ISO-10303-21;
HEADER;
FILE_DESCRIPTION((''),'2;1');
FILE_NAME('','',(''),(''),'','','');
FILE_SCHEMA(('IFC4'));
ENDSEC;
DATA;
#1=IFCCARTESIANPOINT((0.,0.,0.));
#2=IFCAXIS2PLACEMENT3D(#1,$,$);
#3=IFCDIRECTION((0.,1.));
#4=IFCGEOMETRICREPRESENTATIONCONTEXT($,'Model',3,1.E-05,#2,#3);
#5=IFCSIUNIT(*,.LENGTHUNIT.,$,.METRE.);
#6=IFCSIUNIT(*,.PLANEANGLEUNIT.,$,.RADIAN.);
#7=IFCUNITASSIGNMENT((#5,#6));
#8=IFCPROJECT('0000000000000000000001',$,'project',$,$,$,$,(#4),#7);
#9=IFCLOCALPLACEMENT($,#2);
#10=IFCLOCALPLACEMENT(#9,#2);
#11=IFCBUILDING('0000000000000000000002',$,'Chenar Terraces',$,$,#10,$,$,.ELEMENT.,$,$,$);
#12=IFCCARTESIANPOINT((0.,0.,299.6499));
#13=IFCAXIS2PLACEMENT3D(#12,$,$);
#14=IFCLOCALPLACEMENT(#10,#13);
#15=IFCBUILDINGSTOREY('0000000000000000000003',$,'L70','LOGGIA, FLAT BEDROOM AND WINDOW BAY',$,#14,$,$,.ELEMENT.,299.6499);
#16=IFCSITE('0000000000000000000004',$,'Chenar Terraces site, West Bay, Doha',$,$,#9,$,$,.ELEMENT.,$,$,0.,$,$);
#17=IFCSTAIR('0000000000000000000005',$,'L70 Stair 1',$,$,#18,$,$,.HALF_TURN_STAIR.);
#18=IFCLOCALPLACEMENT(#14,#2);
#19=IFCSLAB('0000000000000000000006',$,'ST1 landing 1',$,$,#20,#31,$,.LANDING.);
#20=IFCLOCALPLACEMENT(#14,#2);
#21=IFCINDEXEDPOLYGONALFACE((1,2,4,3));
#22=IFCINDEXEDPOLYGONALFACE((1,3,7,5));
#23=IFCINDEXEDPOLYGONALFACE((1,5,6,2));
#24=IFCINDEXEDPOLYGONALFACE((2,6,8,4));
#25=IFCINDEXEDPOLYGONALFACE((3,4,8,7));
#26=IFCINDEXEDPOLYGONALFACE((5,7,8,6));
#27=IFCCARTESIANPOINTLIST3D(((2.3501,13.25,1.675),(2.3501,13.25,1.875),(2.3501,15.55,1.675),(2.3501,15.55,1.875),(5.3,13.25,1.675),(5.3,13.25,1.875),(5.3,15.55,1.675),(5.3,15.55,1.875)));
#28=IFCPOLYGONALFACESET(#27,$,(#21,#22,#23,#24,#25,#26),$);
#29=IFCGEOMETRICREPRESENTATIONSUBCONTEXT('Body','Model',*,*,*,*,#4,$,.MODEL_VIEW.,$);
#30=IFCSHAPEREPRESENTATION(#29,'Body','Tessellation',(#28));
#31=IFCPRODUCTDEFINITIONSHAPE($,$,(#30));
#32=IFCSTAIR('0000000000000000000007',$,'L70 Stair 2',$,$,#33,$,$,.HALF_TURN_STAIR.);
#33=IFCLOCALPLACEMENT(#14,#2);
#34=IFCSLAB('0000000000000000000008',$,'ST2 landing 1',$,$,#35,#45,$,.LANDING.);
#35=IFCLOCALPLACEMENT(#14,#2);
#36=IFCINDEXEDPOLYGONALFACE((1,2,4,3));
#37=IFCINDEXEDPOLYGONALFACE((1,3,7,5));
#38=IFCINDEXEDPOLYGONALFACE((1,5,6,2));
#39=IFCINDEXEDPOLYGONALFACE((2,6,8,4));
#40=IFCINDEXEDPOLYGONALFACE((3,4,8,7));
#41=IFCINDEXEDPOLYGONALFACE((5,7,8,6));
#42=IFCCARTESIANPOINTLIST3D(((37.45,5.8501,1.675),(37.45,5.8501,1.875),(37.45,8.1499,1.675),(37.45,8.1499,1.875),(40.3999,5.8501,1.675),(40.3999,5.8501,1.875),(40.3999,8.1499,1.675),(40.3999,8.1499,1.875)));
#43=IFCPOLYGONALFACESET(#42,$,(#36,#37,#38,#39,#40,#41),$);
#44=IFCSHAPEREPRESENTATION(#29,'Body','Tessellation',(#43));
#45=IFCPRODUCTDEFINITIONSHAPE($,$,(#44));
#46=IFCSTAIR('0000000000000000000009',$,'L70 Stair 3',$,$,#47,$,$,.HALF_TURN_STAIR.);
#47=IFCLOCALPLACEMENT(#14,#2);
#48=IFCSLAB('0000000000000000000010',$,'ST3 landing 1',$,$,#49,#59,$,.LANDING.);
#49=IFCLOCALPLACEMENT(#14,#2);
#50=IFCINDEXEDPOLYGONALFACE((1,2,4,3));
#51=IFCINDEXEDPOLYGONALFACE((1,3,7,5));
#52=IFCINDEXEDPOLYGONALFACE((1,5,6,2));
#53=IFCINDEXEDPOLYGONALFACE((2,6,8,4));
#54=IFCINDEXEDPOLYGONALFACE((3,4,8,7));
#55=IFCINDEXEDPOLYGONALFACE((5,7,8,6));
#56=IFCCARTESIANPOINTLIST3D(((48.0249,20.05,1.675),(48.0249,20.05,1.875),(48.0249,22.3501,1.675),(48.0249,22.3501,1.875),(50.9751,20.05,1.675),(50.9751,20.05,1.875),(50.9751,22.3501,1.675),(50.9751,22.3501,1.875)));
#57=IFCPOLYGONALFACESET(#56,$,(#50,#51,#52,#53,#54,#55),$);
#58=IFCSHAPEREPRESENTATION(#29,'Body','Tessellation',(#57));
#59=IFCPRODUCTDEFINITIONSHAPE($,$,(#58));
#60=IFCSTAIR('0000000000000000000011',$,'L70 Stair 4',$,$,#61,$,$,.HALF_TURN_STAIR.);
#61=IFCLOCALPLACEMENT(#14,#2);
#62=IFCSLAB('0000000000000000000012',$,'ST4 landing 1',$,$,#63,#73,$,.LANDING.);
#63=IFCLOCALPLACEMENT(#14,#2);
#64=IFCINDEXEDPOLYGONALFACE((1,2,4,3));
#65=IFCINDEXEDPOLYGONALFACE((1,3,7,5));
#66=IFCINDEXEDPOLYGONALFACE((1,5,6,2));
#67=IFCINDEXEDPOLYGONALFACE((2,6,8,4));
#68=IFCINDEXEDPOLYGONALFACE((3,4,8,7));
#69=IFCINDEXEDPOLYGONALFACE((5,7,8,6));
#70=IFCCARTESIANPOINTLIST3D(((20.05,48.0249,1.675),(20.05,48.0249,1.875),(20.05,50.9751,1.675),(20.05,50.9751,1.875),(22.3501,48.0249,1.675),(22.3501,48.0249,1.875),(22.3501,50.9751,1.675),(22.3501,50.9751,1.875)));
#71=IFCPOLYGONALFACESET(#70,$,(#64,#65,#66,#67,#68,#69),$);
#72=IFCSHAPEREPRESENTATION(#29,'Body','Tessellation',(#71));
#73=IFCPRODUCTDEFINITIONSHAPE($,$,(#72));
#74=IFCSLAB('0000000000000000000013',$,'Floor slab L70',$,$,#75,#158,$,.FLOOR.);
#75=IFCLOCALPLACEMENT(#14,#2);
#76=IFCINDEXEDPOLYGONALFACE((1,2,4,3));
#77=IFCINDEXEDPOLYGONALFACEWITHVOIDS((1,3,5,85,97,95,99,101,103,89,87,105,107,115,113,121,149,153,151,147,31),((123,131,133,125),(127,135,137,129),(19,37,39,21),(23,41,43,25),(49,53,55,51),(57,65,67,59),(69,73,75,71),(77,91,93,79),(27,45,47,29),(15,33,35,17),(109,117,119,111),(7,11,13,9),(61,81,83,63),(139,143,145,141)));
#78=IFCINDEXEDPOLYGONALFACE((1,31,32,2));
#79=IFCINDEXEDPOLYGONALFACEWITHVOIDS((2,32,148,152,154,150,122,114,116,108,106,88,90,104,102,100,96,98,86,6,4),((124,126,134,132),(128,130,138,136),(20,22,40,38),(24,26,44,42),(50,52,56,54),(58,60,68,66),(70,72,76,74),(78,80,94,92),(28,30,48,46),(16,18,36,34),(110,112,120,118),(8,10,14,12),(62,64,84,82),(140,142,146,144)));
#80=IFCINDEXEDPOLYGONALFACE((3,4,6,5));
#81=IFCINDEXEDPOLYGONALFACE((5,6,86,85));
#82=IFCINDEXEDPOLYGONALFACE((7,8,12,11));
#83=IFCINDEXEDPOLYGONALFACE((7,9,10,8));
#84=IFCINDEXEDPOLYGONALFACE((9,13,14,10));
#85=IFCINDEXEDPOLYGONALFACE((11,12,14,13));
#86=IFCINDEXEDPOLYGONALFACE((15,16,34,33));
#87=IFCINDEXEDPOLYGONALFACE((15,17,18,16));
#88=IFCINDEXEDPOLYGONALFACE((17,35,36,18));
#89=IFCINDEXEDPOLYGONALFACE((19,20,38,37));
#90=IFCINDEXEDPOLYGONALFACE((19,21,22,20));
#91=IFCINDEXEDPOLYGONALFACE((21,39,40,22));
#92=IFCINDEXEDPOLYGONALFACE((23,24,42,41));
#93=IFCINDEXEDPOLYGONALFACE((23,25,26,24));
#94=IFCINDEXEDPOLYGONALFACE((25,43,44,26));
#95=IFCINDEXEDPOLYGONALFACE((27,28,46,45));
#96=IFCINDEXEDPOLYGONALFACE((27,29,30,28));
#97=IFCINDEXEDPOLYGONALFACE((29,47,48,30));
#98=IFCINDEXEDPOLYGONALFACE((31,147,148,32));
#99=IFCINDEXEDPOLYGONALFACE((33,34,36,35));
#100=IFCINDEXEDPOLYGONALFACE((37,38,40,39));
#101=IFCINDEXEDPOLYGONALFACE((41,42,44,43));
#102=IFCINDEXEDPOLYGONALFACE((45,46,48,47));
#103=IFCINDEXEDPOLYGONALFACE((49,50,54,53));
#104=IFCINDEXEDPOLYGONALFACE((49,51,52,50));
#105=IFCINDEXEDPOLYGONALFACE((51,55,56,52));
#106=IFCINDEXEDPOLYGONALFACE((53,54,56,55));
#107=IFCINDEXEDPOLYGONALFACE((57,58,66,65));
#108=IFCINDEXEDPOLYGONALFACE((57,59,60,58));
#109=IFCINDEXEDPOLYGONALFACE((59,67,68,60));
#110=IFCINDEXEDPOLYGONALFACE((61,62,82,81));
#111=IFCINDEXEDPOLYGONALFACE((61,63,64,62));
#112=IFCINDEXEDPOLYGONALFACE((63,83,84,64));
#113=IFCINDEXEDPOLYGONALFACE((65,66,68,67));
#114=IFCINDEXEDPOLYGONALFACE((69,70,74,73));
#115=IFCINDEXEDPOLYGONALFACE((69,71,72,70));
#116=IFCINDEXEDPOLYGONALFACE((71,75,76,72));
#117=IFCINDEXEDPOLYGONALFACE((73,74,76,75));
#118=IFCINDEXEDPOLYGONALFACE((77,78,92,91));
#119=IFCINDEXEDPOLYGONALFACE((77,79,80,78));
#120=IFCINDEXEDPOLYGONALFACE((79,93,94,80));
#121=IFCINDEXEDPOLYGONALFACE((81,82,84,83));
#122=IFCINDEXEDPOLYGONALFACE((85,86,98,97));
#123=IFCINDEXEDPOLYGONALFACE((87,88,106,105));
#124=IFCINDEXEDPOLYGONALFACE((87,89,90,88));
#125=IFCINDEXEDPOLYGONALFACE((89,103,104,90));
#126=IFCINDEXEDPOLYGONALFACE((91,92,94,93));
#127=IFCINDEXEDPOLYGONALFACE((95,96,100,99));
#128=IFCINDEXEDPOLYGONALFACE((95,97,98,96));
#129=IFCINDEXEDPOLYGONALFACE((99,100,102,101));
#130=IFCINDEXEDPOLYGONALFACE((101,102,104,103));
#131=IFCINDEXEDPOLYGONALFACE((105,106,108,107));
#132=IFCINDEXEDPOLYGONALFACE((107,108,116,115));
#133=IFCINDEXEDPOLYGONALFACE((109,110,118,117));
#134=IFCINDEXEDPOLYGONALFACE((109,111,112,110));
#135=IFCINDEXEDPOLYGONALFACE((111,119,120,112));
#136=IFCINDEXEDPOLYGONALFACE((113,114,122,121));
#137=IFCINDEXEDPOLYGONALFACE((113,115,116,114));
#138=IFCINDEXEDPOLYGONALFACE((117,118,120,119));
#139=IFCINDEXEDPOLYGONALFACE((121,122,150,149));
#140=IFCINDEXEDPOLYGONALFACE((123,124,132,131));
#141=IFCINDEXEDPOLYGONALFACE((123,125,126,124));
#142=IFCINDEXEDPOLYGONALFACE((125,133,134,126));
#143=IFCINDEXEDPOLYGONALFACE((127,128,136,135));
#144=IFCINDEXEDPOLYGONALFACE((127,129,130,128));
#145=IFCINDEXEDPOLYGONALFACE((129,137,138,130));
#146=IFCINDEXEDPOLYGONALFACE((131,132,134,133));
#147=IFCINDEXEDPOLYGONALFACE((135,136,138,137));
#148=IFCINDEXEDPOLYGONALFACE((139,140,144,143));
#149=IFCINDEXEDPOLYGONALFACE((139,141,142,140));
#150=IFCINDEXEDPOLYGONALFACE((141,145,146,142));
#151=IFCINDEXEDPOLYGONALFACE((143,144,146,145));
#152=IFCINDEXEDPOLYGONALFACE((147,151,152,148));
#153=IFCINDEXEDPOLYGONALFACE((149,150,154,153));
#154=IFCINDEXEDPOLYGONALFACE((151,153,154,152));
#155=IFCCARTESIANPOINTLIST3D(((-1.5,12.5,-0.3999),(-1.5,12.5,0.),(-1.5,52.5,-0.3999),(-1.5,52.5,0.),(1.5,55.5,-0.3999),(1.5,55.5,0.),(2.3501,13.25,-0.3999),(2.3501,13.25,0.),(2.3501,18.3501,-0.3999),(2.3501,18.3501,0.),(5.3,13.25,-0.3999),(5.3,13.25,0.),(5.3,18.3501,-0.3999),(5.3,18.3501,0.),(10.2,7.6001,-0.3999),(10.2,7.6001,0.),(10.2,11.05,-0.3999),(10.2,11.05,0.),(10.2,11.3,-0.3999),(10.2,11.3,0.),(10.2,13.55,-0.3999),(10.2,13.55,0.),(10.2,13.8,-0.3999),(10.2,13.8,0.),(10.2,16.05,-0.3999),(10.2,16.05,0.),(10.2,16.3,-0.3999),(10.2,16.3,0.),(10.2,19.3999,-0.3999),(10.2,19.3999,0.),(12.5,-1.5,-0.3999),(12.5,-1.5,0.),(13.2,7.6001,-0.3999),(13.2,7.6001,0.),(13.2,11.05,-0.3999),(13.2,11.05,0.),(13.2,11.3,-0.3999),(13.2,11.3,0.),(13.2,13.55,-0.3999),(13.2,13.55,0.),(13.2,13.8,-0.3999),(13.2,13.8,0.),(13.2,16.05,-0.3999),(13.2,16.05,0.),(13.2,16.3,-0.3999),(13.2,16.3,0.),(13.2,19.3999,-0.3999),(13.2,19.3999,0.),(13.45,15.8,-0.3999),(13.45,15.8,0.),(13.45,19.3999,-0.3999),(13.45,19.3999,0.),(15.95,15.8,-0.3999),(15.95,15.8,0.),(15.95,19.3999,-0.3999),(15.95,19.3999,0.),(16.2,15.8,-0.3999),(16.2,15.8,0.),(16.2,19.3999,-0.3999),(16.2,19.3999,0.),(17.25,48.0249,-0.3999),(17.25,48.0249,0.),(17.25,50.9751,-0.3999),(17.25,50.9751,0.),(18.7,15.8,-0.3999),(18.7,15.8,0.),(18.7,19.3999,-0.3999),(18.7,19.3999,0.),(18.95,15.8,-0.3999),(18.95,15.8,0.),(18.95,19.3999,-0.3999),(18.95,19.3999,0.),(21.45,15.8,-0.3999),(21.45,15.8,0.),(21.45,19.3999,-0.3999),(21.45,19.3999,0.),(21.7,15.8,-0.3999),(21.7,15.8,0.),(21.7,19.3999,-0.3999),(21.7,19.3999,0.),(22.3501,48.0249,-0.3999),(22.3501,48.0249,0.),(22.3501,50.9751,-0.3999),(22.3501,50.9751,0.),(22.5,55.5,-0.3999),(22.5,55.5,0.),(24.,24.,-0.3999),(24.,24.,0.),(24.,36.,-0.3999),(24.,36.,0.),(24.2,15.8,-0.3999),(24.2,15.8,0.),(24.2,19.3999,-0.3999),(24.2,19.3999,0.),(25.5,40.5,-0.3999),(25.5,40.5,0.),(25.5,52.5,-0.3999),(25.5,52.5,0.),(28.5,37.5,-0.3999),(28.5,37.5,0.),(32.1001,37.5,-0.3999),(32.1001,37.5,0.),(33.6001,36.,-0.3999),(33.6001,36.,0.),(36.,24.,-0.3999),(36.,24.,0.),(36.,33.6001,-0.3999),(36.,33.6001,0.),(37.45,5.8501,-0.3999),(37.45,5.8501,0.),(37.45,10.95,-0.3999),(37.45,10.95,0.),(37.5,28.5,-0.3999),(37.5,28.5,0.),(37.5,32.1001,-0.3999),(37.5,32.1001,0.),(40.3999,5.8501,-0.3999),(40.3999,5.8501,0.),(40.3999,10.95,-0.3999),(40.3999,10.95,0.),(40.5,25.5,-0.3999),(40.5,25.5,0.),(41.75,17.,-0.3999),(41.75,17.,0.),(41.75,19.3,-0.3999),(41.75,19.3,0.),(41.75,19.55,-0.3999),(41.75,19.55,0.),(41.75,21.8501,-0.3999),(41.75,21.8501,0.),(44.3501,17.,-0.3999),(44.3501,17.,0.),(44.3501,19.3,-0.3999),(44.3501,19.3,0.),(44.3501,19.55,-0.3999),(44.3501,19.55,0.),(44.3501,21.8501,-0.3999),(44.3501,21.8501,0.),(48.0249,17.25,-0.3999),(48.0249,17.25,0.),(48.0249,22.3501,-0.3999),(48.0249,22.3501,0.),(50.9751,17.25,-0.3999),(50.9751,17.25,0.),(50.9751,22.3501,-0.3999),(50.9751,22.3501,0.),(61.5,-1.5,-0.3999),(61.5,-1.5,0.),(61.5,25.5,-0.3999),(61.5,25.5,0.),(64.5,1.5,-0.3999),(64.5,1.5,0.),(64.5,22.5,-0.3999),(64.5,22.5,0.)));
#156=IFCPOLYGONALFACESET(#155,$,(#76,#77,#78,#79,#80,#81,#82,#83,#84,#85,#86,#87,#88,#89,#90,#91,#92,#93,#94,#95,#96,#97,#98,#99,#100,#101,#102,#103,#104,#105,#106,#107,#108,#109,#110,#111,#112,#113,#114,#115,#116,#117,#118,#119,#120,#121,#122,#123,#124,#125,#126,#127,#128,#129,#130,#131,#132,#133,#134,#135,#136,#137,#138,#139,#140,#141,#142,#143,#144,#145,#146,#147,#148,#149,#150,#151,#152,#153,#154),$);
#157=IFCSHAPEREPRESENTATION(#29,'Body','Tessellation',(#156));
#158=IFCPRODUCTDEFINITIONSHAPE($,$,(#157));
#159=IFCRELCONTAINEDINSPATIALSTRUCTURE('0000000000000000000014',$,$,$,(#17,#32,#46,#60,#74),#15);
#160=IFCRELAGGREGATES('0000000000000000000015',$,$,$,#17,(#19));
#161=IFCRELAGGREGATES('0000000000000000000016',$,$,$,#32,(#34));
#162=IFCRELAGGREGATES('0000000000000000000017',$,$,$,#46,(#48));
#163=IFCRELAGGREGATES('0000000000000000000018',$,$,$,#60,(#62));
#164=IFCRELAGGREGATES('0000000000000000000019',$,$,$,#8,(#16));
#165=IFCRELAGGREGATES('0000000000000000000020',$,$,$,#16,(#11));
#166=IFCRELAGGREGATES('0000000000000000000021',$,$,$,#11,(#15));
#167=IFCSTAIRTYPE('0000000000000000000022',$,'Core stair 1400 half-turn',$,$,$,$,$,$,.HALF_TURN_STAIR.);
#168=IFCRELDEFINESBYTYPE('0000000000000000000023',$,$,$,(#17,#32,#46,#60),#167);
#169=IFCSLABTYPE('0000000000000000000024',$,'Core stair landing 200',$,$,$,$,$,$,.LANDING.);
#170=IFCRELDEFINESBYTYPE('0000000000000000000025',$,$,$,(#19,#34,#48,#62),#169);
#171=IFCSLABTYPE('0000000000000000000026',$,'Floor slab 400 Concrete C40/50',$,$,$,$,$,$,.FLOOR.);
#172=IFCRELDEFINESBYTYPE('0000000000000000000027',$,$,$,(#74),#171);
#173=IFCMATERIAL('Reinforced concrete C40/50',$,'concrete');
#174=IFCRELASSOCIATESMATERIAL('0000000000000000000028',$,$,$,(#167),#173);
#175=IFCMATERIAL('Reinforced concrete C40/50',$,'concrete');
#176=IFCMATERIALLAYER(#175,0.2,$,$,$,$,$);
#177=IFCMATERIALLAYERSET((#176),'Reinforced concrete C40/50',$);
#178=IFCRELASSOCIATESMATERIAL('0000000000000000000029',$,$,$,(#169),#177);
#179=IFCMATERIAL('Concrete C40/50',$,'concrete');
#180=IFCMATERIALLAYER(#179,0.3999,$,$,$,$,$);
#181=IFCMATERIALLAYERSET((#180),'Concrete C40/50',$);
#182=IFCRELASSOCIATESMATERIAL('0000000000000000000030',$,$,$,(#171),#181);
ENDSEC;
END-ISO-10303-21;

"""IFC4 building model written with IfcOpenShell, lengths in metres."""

from ifc_helpers import new_model, si_unit, direction, frame, origin, place, context, subcontext, project, spatial, polyline, outline, extrude, material, layer, layer_set, type_object, element, aggregate, save


model = new_model("IFC4")

# Units and contexts
model_context = context("Model", 3, precision=1e-05, world=origin(), true_north=direction((0.0, 1.0)))
body_context = subcontext(model_context, "Body", "Model", "MODEL_VIEW")
ifc_project = project(units=[si_unit("LENGTHUNIT", "METRE"), si_unit("PLANEANGLEUNIT", "RADIAN")], contexts=[model_context])

# Site, building, storey
site_placement = place(None, origin())
site = spatial("IfcSite", under=ifc_project, at=site_placement, Name="Chenar Terraces site, West Bay, Doha", CompositionType="ELEMENT", RefElevation=0.0)
building_placement = place(site_placement, origin())
building = spatial("IfcBuilding", under=site, at=building_placement, Name="Chenar Terraces", CompositionType="ELEMENT")
storey_placement = place(building_placement, frame((0.0, 0.0, 299.6499)))
storey = spatial("IfcBuildingStorey", under=building, at=storey_placement, Name="L70", Description="LOGGIA, FLAT BEDROOM AND WINDOW BAY", CompositionType="ELEMENT", Elevation=299.6499)

# Stairs, slabs
ifc_material_1 = material(Name="Reinforced concrete C40/50", Category="concrete")
stair_type = type_object("IfcStairType", Name="Core stair 1400 half-turn", PredefinedType="HALF_TURN_STAIR", material=ifc_material_1)
placement_1 = place(storey_placement, origin())
stair_1 = element("IfcStair", 1, at=placement_1, inside=storey, type_object=stair_type, Name="L70 Stair 1", PredefinedType="HALF_TURN_STAIR")
ifc_material_2 = material(Name="Reinforced concrete C40/50", Category="concrete")
ifc_layer_1 = layer(ifc_material_2, 0.2)
ifc_layer_set_1 = layer_set([ifc_layer_1], Name="Reinforced concrete C40/50")
slab_type_1 = type_object("IfcSlabType", Name="Core stair landing 200", PredefinedType="LANDING", material=ifc_layer_set_1)
placement_2 = place(storey_placement, frame((0.0, 0.0, 1.675)))
slab_1 = element("IfcSlab", 2, at=placement_2, type_object=slab_type_1, Name="ST1 landing 1", PredefinedType="LANDING", context=body_context, shape_type="SweptSolid", body=[
    extrude(outline(polyline([(2.3501, 15.55), (2.3501, 13.25), (5.3, 13.25), (5.3, 15.55), (2.3501, 15.55)])), origin(), (0.0, 0.0, 1.0), 0.2),
])
aggregate(stair_1, [slab_1])
stair_2 = element("IfcStair", 3, at=placement_1, inside=storey, type_object=stair_type, Name="L70 Stair 2", PredefinedType="HALF_TURN_STAIR")
slab_2 = element("IfcSlab", 4, at=placement_2, type_object=slab_type_1, Name="ST2 landing 1", PredefinedType="LANDING", context=body_context, shape_type="SweptSolid", body=[
    extrude(outline(polyline([(37.45, 8.1499), (37.45, 5.8501), (40.3999, 5.8501), (40.3999, 8.1499), (37.45, 8.1499)])), origin(), (0.0, 0.0, 1.0), 0.2),
])
aggregate(stair_2, [slab_2])
stair_3 = element("IfcStair", 5, at=placement_1, inside=storey, type_object=stair_type, Name="L70 Stair 3", PredefinedType="HALF_TURN_STAIR")
slab_3 = element("IfcSlab", 6, at=placement_2, type_object=slab_type_1, Name="ST3 landing 1", PredefinedType="LANDING", context=body_context, shape_type="SweptSolid", body=[
    extrude(outline(polyline([(50.9751, 20.05), (50.9751, 22.3501), (48.0249, 22.3501), (48.0249, 20.05), (50.9751, 20.05)])), origin(), (0.0, 0.0, 1.0), 0.2),
])
aggregate(stair_3, [slab_3])
stair_4 = element("IfcStair", 7, at=placement_1, inside=storey, type_object=stair_type, Name="L70 Stair 4", PredefinedType="HALF_TURN_STAIR")
slab_4 = element("IfcSlab", 8, at=placement_2, type_object=slab_type_1, Name="ST4 landing 1", PredefinedType="LANDING", context=body_context, shape_type="SweptSolid", body=[
    extrude(outline(polyline([(20.05, 48.0249), (22.3501, 48.0249), (22.3501, 50.9751), (20.05, 50.9751), (20.05, 48.0249)])), origin(), (0.0, 0.0, 1.0), 0.2),
])
aggregate(stair_4, [slab_4])

# Slab
ifc_material_3 = material(Name="Concrete C40/50", Category="concrete")
ifc_layer_2 = layer(ifc_material_3, 0.3999)
ifc_layer_set_2 = layer_set([ifc_layer_2], Name="Concrete C40/50")
slab_type_2 = type_object("IfcSlabType", Name="Floor slab 400 Concrete C40/50", PredefinedType="FLOOR", material=ifc_layer_set_2)
slab_5_placement = place(storey_placement, frame((0.0, 0.0, -0.3999)))
element("IfcSlab", 9, at=slab_5_placement, inside=storey, type_object=slab_type_2, Name="Floor slab L70", PredefinedType="FLOOR", context=body_context, shape_type="SweptSolid", body=[
    extrude(outline(polyline([(64.5, 22.5), (64.5, 1.5), (61.5, -1.5), (12.5, -1.5), (-1.5, 12.5), (-1.5, 52.5), (1.5, 55.5), (22.5, 55.5), (25.5, 52.5), (25.5, 40.5), (28.5, 37.5), (32.1001, 37.5), (33.6001, 36.0), (24.0, 36.0), (24.0, 24.0), (36.0, 24.0), (36.0, 33.6001), (37.5, 32.1001), (37.5, 28.5), (40.5, 25.5), (61.5, 25.5), (64.5, 22.5)]), holes=[polyline([(10.2, 11.05), (10.2, 7.6001), (13.2, 7.6001), (13.2, 11.05), (10.2, 11.05)]), polyline([(13.2, 13.55), (10.2, 13.55), (10.2, 11.3), (13.2, 11.3), (13.2, 13.55)]), polyline([(13.2, 16.05), (10.2, 16.05), (10.2, 13.8), (13.2, 13.8), (13.2, 16.05)]), polyline([(2.3501, 13.25), (5.3, 13.25), (5.3, 18.3501), (2.3501, 18.3501), (2.3501, 13.25)]), polyline([(15.95, 19.3999), (13.45, 19.3999), (13.45, 15.8), (15.95, 15.8), (15.95, 19.3999)]), polyline([(18.7, 19.3999), (16.2, 19.3999), (16.2, 15.8), (18.7, 15.8), (18.7, 19.3999)]), polyline([(13.2, 19.3999), (10.2, 19.3999), (10.2, 16.3), (13.2, 16.3), (13.2, 19.3999)]), polyline([(22.3501, 48.0249), (22.3501, 50.9751), (17.25, 50.9751), (17.25, 48.0249), (22.3501, 48.0249)]), polyline([(37.45, 5.8501), (40.3999, 5.8501), (40.3999, 10.95), (37.45, 10.95), (37.45, 5.8501)]), polyline([(21.45, 19.3999), (18.95, 19.3999), (18.95, 15.8), (21.45, 15.8), (21.45, 19.3999)]), polyline([(24.2, 19.3999), (21.7, 19.3999), (21.7, 15.8), (24.2, 15.8), (24.2, 19.3999)]), polyline([(44.3501, 19.3), (41.75, 19.3), (41.75, 17.0), (44.3501, 17.0), (44.3501, 19.3)]), polyline([(50.9751, 22.3501), (48.0249, 22.3501), (48.0249, 17.25), (50.9751, 17.25), (50.9751, 22.3501)]), polyline([(44.3501, 21.8501), (41.75, 21.8501), (41.75, 19.55), (44.3501, 19.55), (44.3501, 21.8501)])]), origin(), (0.0, 0.0, 1.0), 0.3999),
])

save(model, "model.ifc")
